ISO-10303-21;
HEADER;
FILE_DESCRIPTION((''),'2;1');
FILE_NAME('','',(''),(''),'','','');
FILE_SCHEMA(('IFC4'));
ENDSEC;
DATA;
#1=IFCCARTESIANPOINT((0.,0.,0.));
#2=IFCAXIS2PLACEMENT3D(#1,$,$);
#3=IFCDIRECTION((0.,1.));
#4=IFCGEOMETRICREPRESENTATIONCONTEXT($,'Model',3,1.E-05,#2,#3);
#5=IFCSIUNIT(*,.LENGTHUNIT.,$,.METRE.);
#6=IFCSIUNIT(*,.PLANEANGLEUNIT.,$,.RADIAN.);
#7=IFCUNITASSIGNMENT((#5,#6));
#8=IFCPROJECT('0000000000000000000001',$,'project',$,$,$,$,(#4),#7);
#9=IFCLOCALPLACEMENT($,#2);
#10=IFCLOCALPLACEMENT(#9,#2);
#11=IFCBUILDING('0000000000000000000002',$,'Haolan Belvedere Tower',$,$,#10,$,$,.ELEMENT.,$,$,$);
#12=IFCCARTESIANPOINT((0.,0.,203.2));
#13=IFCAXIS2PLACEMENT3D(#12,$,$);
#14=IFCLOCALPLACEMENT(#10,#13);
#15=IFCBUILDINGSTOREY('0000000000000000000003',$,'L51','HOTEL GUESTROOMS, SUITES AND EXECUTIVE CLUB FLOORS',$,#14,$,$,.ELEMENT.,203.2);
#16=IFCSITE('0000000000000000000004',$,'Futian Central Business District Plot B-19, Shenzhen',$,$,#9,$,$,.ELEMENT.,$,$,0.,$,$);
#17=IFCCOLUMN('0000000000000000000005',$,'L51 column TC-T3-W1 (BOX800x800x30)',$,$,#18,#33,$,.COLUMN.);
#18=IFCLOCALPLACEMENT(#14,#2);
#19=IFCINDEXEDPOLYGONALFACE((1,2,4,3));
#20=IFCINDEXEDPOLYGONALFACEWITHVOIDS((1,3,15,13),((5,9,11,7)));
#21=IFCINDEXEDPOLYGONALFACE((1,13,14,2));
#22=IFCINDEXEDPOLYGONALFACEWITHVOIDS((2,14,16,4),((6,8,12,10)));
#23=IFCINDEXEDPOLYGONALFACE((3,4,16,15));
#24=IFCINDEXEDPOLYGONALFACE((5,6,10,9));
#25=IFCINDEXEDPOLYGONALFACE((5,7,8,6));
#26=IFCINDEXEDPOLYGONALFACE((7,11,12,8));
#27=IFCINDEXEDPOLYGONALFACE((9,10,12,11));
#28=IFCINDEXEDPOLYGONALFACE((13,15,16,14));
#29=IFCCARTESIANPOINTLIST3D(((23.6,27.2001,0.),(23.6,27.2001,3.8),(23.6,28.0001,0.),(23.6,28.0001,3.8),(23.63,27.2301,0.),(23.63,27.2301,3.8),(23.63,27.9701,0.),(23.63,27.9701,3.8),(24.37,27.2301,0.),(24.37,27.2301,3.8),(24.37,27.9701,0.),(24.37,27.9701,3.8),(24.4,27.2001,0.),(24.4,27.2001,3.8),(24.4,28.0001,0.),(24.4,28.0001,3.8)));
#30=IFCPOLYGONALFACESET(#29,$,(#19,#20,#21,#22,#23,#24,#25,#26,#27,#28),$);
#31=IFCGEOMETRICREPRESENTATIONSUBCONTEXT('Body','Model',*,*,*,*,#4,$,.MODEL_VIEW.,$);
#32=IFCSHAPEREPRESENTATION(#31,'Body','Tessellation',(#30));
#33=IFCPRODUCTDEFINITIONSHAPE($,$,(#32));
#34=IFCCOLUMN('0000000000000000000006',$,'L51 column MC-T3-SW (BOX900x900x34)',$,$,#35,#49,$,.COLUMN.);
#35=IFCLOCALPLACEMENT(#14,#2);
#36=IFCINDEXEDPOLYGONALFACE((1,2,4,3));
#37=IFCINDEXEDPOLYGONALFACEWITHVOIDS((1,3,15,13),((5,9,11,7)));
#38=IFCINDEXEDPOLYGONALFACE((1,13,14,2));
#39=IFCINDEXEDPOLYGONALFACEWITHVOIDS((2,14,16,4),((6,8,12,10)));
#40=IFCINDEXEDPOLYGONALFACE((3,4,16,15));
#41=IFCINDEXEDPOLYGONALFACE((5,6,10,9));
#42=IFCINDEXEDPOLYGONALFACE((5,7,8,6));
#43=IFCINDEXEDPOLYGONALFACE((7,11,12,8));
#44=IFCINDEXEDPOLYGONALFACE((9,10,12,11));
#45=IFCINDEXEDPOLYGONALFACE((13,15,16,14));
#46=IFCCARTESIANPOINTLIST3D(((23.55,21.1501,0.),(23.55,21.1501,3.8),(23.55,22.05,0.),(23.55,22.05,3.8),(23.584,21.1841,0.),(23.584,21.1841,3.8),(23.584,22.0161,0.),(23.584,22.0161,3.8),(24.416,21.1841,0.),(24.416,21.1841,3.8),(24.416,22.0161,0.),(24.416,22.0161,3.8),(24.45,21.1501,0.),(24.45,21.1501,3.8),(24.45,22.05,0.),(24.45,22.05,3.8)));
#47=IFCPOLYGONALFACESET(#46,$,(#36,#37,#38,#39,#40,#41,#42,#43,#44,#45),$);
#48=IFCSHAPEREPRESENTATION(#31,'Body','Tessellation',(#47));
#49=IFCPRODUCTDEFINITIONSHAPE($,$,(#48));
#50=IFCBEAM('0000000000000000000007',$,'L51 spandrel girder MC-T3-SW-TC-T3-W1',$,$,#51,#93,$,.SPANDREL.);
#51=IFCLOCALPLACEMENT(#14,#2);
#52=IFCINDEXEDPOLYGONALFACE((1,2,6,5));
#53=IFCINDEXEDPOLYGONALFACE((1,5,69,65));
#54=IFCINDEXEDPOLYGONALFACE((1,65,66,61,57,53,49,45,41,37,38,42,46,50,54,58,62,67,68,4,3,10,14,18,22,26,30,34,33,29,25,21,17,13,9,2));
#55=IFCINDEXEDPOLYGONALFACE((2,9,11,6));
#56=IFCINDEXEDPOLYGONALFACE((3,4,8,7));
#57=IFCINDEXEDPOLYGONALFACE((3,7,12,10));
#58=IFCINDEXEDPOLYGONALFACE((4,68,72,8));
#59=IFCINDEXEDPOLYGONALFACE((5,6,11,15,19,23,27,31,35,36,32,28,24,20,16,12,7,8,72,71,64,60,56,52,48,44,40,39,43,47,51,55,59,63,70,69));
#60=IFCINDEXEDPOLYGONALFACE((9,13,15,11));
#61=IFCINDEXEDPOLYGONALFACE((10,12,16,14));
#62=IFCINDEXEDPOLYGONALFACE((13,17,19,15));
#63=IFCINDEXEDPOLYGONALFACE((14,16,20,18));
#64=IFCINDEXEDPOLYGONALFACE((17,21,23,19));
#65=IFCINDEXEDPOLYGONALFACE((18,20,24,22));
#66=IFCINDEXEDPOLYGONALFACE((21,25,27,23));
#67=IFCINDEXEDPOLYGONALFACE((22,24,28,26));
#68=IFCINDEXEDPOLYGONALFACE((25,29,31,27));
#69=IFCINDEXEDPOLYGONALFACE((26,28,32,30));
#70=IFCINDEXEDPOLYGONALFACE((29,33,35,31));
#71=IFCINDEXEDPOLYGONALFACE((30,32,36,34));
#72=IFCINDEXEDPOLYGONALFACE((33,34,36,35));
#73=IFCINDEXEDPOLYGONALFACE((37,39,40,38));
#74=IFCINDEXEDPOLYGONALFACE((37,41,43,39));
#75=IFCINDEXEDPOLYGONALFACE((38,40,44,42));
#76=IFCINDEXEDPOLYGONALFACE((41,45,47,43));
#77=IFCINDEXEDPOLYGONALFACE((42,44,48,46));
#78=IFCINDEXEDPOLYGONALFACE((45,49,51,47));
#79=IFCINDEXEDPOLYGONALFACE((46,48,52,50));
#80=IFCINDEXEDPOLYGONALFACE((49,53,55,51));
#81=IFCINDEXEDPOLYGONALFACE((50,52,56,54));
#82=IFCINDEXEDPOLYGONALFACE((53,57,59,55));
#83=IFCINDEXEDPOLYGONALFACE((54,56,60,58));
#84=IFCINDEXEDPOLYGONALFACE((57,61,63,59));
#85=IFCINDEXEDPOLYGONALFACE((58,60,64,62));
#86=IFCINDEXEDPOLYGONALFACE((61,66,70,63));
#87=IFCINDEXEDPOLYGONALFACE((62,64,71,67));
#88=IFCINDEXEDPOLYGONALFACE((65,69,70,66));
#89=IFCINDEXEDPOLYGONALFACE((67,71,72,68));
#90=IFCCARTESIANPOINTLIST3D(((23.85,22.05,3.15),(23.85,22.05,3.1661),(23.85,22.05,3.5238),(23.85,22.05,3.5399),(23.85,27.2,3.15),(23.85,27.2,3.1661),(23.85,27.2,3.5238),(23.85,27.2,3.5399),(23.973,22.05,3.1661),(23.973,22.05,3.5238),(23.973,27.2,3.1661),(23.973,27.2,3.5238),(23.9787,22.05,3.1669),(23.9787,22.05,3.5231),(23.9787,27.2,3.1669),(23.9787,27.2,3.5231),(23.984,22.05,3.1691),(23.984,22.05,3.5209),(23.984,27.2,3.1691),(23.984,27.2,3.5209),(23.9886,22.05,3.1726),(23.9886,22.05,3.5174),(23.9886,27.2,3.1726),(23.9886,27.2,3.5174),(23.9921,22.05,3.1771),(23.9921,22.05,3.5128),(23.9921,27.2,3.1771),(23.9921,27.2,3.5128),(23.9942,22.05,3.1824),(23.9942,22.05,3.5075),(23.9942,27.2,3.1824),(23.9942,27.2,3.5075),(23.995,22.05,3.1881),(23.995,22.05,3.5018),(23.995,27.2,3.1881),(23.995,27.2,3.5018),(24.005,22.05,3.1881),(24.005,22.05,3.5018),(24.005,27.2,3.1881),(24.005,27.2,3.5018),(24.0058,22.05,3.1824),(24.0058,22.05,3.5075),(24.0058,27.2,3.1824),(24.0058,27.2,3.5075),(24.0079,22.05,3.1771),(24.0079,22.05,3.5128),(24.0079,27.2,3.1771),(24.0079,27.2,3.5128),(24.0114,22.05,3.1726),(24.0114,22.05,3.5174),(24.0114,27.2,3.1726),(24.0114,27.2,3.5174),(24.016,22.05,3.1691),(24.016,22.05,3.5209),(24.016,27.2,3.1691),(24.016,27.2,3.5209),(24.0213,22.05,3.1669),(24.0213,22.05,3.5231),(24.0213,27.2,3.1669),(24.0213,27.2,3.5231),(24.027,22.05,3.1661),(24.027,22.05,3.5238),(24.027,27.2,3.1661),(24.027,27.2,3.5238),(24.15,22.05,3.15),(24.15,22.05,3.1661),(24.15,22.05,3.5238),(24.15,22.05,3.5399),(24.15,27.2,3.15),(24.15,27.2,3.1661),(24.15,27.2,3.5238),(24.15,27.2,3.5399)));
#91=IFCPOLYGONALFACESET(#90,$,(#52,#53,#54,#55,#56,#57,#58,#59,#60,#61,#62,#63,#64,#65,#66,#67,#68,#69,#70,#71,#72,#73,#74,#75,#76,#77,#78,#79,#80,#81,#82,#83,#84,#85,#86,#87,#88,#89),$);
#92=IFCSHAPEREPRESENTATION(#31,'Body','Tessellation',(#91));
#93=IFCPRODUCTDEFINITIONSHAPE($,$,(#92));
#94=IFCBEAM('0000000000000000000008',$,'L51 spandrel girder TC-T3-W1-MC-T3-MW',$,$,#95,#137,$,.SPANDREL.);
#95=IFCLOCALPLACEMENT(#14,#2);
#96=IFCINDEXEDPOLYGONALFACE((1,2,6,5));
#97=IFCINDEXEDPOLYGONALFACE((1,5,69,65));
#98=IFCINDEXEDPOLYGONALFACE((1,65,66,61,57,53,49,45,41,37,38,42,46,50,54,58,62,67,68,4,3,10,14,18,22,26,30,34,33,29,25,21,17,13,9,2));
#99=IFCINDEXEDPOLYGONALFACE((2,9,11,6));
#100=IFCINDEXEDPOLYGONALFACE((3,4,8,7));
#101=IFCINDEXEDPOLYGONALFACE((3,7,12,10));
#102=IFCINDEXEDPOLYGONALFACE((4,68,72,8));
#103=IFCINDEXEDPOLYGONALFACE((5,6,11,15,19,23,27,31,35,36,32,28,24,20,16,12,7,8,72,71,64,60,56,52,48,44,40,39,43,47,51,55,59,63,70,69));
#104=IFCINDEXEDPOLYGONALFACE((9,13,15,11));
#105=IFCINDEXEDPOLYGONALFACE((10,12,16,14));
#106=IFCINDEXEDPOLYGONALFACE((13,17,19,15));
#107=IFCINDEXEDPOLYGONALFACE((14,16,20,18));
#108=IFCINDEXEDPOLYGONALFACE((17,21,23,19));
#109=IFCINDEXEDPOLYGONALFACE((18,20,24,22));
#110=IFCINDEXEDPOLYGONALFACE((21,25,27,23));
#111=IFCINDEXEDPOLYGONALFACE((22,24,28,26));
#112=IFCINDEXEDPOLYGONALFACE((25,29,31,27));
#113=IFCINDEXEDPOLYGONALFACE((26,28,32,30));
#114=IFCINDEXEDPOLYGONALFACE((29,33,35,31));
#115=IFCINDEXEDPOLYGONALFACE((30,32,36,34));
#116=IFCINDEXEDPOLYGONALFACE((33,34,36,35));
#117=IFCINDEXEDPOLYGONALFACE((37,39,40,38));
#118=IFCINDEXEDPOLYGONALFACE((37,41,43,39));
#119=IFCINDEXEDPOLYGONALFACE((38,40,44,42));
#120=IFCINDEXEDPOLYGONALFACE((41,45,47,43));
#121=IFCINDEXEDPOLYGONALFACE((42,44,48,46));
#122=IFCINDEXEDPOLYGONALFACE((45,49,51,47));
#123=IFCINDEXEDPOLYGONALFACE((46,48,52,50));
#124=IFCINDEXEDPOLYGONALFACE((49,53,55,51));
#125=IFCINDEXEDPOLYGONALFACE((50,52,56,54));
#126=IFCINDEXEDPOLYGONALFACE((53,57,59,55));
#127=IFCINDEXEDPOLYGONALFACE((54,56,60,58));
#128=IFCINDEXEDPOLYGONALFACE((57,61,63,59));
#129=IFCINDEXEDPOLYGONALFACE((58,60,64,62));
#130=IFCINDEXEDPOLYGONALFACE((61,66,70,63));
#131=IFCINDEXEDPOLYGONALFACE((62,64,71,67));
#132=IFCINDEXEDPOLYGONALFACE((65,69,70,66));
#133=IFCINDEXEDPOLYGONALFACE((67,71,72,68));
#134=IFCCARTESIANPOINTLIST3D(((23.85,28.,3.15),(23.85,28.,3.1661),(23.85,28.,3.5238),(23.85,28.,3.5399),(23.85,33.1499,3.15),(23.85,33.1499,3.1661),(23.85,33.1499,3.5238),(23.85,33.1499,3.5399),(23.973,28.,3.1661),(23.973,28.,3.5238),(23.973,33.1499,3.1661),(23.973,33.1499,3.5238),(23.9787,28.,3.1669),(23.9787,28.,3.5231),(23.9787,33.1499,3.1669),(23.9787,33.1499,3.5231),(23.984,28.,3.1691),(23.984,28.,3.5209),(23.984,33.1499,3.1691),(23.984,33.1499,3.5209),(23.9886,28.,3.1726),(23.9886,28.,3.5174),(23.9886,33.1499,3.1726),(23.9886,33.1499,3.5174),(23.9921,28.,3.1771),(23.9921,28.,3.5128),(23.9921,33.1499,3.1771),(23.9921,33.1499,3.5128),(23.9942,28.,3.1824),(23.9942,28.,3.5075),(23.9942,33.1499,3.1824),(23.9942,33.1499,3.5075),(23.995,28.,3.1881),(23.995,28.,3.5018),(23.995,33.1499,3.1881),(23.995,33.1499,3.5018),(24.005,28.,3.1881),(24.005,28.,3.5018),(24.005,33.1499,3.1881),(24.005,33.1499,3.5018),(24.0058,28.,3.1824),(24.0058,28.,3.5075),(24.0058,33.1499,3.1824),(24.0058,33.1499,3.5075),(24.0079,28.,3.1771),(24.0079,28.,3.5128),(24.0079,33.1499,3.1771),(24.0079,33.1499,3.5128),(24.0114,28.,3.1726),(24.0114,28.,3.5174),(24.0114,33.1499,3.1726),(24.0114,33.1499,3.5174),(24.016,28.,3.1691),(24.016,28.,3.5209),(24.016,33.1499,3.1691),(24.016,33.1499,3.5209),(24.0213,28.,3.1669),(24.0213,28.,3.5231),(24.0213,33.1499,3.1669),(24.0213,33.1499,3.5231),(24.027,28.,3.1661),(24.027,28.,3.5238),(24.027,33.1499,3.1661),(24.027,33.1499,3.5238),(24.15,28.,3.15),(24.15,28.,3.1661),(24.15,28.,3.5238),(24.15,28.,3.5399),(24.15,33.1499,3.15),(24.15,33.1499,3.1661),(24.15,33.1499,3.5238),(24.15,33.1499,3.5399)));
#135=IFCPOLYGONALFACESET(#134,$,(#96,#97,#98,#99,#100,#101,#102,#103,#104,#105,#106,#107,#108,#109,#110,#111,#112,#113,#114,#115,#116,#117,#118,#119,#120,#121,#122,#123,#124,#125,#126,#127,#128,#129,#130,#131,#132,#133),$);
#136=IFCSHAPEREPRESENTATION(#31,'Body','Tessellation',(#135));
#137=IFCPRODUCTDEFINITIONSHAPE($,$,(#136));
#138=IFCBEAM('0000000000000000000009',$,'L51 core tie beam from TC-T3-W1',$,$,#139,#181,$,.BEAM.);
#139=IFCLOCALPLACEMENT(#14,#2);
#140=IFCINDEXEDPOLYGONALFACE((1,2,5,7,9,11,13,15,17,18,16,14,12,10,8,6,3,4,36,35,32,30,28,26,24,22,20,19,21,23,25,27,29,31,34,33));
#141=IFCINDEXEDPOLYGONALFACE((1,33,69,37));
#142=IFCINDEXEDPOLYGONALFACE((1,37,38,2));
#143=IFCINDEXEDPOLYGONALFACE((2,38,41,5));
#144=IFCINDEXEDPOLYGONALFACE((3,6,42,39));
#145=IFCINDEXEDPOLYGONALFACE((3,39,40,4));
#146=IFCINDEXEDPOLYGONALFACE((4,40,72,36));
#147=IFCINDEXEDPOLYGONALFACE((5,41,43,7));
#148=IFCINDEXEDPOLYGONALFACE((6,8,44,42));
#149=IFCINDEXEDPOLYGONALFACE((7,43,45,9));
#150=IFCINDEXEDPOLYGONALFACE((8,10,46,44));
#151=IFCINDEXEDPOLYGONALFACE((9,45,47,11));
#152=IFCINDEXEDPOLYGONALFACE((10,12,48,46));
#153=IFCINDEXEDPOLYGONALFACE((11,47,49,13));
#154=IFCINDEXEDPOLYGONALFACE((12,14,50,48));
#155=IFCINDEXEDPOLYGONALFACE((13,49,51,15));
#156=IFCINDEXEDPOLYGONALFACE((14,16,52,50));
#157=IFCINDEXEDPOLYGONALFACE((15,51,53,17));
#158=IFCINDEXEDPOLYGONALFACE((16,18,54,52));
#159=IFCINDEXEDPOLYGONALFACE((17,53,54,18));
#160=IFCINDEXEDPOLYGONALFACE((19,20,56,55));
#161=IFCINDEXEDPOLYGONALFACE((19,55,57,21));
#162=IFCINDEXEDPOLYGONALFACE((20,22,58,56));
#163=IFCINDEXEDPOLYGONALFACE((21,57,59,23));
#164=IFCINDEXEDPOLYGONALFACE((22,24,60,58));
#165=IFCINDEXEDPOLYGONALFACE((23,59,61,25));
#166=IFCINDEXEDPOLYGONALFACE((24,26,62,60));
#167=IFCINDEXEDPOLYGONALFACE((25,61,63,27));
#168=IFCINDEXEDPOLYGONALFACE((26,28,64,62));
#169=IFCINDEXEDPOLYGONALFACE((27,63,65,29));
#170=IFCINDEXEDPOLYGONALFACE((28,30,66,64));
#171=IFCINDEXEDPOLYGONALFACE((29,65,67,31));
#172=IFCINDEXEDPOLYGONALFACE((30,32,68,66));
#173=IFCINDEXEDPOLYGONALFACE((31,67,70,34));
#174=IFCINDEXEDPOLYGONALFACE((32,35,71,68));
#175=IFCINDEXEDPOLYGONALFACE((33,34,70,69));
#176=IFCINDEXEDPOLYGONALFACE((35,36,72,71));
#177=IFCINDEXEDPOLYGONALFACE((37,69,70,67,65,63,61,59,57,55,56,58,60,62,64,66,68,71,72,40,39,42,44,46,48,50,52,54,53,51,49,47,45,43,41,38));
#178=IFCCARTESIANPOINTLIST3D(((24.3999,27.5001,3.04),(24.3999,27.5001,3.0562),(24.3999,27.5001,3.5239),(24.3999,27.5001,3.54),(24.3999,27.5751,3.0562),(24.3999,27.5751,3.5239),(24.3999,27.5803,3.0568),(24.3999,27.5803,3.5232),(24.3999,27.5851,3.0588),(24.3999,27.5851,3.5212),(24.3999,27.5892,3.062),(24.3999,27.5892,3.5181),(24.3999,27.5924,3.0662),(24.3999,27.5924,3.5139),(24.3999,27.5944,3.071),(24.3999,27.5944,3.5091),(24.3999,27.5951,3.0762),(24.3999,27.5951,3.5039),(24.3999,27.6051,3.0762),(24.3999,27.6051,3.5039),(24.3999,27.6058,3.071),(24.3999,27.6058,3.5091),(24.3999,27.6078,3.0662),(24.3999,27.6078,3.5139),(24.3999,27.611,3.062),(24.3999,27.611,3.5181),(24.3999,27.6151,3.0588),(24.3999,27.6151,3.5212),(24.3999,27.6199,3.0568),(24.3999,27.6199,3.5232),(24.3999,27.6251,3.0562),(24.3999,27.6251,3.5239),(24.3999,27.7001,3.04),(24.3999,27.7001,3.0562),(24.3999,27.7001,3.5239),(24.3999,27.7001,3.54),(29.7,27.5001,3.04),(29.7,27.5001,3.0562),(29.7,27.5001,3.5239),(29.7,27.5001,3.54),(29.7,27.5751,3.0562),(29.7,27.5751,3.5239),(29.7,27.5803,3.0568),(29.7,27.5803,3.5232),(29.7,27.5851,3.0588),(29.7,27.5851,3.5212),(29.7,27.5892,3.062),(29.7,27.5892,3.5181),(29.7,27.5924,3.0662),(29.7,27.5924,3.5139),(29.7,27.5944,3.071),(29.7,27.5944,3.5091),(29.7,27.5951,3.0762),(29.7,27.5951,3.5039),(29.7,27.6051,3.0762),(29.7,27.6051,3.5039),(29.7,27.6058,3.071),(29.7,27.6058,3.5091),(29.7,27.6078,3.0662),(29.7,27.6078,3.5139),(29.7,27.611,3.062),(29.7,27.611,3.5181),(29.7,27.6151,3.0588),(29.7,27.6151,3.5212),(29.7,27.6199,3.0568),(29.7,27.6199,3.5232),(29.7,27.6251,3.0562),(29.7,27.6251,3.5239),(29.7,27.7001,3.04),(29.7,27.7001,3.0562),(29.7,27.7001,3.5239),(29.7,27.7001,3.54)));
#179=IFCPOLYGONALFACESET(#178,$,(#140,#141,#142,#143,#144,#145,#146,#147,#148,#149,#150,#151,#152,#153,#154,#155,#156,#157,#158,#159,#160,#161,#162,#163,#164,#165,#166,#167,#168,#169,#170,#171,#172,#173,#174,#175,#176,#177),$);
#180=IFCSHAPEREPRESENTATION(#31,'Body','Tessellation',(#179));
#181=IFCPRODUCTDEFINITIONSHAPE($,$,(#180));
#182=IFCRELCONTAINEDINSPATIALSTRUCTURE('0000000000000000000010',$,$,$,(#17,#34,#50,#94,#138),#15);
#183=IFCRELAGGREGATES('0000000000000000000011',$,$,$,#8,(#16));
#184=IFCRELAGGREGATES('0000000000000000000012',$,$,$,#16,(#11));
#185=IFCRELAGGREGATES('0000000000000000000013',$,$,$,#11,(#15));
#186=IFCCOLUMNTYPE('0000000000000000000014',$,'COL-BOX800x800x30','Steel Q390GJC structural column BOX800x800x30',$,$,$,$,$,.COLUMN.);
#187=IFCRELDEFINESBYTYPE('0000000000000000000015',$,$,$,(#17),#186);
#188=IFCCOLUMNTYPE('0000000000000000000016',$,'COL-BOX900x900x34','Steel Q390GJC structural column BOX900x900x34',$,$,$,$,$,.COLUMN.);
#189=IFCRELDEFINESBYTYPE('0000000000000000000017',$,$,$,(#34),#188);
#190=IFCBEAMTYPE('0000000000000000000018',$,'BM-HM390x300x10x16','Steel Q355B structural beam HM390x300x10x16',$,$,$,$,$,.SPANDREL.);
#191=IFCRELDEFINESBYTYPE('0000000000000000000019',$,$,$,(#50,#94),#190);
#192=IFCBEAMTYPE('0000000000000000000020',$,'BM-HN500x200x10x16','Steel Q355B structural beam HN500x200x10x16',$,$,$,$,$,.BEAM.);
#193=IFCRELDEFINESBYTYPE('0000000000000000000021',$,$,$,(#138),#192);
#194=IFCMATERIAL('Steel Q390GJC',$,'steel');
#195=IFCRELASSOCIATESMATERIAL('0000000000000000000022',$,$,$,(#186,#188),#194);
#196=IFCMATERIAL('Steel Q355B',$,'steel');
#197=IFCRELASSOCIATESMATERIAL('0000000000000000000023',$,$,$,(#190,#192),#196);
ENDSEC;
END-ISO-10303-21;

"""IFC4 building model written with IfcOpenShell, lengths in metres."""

from ifc_helpers import new_model, si_unit, direction, frame, origin, origin_2d, place, context, subcontext, project, spatial, hollow_rectangle, i_section, extrude, material, material_profile, profile_set, type_object, element, save


model = new_model("IFC4")

# Units and contexts
model_context = context("Model", 3, precision=1e-05, world=origin(), true_north=direction((0.0, 1.0)))
body_context = subcontext(model_context, "Body", "Model", "MODEL_VIEW")
ifc_project = project(units=[si_unit("LENGTHUNIT", "METRE"), si_unit("PLANEANGLEUNIT", "RADIAN")], contexts=[model_context])

# Site, building, storey
site_placement = place(None, origin())
site = spatial("IfcSite", under=ifc_project, at=site_placement, Name="Futian Central Business District Plot B-19, Shenzhen", CompositionType="ELEMENT", RefElevation=0.0)
building_placement = place(site_placement, origin())
building = spatial("IfcBuilding", under=site, at=building_placement, Name="Haolan Belvedere Tower", CompositionType="ELEMENT")
storey_placement = place(building_placement, frame((0.0, 0.0, 203.2)))
storey = spatial("IfcBuildingStorey", under=building, at=storey_placement, Name="L51", Description="HOTEL GUESTROOMS, SUITES AND EXECUTIVE CLUB FLOORS", CompositionType="ELEMENT", Elevation=203.2)

# Columns
ifc_material_1 = material(Name="Steel Q390GJC", Category="steel")
ifc_material_profile_1 = material_profile(ifc_material_1, hollow_rectangle(XDim=0.8, YDim=0.8, WallThickness=0.03, at=origin_2d()), Name="Steel Q390GJC")
ifc_profile_set_1 = profile_set([ifc_material_profile_1], Name="Steel Q390GJC")
column_type_1 = type_object("IfcColumnType", Name="COL-BOX800x800x30", Description="Steel Q390GJC structural column BOX800x800x30", PredefinedType="COLUMN", material=ifc_profile_set_1)
column_1_placement = place(storey_placement, frame((24.0, 27.6001, 0.0), z_axis=(0.0, 0.0, 1.0), x_axis=(1.0, 0.0, 0.0)))
element("IfcColumn", 1, at=column_1_placement, inside=storey, type_object=column_type_1, Name="L51 column TC-T3-W1 (BOX800x800x30)", PredefinedType="COLUMN", context=body_context, shape_type="SweptSolid", body=[
    extrude(hollow_rectangle(XDim=0.8, YDim=0.8, WallThickness=0.03, at=origin_2d()), origin(), (0.0, 0.0, 1.0), 3.8),
])
ifc_material_profile_2 = material_profile(ifc_material_1, hollow_rectangle(XDim=0.8999, YDim=0.8999, WallThickness=0.0339, at=origin_2d()), Name="Steel Q390GJC")
ifc_profile_set_2 = profile_set([ifc_material_profile_2], Name="Steel Q390GJC")
column_type_2 = type_object("IfcColumnType", Name="COL-BOX900x900x34", Description="Steel Q390GJC structural column BOX900x900x34", PredefinedType="COLUMN", material=ifc_profile_set_2)
column_2_placement = place(storey_placement, frame((24.0, 21.6001, 0.0), z_axis=(0.0, 0.0, 1.0), x_axis=(1.0, 0.0, 0.0)))
element("IfcColumn", 2, at=column_2_placement, inside=storey, type_object=column_type_2, Name="L51 column MC-T3-SW (BOX900x900x34)", PredefinedType="COLUMN", context=body_context, shape_type="SweptSolid", body=[
    extrude(hollow_rectangle(XDim=0.8999, YDim=0.8999, WallThickness=0.0339, at=origin_2d()), origin(), (0.0, 0.0, 1.0), 3.8),
])

# Beams
ifc_material_2 = material(Name="Steel Q355B", Category="steel")
ifc_material_profile_3 = material_profile(ifc_material_2, i_section(OverallWidth=0.3, OverallDepth=0.3899, WebThickness=0.01, FlangeThickness=0.0161, FilletRadius=0.022, at=origin_2d()), Name="Steel Q355B")
ifc_profile_set_3 = profile_set([ifc_material_profile_3], Name="Steel Q355B")
beam_type_1 = type_object("IfcBeamType", Name="BM-HM390x300x10x16", Description="Steel Q355B structural beam HM390x300x10x16", PredefinedType="SPANDREL", material=ifc_profile_set_3)
for number, where, z_axis, x_axis, name in (
    (3, (24.0, 22.05, 3.345), (0.0, 1.0, 0.0), (-1.0, 0.0, 0.0), "L51 spandrel girder MC-T3-SW-TC-T3-W1"),
    (4, (24.0, 28.0, 3.345), (0.0, 1.0, 0.0), (-1.0, 0.0, 0.0), "L51 spandrel girder TC-T3-W1-MC-T3-MW"),
):
    element("IfcBeam", number, at=place(storey_placement, frame(where, z_axis=z_axis, x_axis=x_axis)), inside=storey, type_object=beam_type_1, Name=name, PredefinedType="SPANDREL", context=body_context, shape_type="SweptSolid", body=[
        extrude(i_section(OverallWidth=0.3, OverallDepth=0.3899, WebThickness=0.01, FlangeThickness=0.0161, FilletRadius=0.022, at=origin_2d()), origin(), (0.0, 0.0, 1.0), 5.1499),
    ])
ifc_material_profile_4 = material_profile(ifc_material_2, i_section(OverallWidth=0.2, OverallDepth=0.5, WebThickness=0.01, FlangeThickness=0.0161, FilletRadius=0.02, at=origin_2d()), Name="Steel Q355B")
ifc_profile_set_4 = profile_set([ifc_material_profile_4], Name="Steel Q355B")
beam_type_2 = type_object("IfcBeamType", Name="BM-HN500x200x10x16", Description="Steel Q355B structural beam HN500x200x10x16", PredefinedType="BEAM", material=ifc_profile_set_4)
beam_placement = place(storey_placement, frame((24.3999, 27.6001, 3.29), z_axis=(1.0, 0.0, 0.0), x_axis=(0.0, 1.0, 0.0)))
element("IfcBeam", 5, at=beam_placement, inside=storey, type_object=beam_type_2, Name="L51 core tie beam from TC-T3-W1", PredefinedType="BEAM", context=body_context, shape_type="SweptSolid", body=[
    extrude(i_section(OverallWidth=0.2, OverallDepth=0.5, WebThickness=0.01, FlangeThickness=0.0161, FilletRadius=0.02, at=origin_2d()), origin(), (0.0, 0.0, 1.0), 5.3),
])

save(model, "model.ifc")
